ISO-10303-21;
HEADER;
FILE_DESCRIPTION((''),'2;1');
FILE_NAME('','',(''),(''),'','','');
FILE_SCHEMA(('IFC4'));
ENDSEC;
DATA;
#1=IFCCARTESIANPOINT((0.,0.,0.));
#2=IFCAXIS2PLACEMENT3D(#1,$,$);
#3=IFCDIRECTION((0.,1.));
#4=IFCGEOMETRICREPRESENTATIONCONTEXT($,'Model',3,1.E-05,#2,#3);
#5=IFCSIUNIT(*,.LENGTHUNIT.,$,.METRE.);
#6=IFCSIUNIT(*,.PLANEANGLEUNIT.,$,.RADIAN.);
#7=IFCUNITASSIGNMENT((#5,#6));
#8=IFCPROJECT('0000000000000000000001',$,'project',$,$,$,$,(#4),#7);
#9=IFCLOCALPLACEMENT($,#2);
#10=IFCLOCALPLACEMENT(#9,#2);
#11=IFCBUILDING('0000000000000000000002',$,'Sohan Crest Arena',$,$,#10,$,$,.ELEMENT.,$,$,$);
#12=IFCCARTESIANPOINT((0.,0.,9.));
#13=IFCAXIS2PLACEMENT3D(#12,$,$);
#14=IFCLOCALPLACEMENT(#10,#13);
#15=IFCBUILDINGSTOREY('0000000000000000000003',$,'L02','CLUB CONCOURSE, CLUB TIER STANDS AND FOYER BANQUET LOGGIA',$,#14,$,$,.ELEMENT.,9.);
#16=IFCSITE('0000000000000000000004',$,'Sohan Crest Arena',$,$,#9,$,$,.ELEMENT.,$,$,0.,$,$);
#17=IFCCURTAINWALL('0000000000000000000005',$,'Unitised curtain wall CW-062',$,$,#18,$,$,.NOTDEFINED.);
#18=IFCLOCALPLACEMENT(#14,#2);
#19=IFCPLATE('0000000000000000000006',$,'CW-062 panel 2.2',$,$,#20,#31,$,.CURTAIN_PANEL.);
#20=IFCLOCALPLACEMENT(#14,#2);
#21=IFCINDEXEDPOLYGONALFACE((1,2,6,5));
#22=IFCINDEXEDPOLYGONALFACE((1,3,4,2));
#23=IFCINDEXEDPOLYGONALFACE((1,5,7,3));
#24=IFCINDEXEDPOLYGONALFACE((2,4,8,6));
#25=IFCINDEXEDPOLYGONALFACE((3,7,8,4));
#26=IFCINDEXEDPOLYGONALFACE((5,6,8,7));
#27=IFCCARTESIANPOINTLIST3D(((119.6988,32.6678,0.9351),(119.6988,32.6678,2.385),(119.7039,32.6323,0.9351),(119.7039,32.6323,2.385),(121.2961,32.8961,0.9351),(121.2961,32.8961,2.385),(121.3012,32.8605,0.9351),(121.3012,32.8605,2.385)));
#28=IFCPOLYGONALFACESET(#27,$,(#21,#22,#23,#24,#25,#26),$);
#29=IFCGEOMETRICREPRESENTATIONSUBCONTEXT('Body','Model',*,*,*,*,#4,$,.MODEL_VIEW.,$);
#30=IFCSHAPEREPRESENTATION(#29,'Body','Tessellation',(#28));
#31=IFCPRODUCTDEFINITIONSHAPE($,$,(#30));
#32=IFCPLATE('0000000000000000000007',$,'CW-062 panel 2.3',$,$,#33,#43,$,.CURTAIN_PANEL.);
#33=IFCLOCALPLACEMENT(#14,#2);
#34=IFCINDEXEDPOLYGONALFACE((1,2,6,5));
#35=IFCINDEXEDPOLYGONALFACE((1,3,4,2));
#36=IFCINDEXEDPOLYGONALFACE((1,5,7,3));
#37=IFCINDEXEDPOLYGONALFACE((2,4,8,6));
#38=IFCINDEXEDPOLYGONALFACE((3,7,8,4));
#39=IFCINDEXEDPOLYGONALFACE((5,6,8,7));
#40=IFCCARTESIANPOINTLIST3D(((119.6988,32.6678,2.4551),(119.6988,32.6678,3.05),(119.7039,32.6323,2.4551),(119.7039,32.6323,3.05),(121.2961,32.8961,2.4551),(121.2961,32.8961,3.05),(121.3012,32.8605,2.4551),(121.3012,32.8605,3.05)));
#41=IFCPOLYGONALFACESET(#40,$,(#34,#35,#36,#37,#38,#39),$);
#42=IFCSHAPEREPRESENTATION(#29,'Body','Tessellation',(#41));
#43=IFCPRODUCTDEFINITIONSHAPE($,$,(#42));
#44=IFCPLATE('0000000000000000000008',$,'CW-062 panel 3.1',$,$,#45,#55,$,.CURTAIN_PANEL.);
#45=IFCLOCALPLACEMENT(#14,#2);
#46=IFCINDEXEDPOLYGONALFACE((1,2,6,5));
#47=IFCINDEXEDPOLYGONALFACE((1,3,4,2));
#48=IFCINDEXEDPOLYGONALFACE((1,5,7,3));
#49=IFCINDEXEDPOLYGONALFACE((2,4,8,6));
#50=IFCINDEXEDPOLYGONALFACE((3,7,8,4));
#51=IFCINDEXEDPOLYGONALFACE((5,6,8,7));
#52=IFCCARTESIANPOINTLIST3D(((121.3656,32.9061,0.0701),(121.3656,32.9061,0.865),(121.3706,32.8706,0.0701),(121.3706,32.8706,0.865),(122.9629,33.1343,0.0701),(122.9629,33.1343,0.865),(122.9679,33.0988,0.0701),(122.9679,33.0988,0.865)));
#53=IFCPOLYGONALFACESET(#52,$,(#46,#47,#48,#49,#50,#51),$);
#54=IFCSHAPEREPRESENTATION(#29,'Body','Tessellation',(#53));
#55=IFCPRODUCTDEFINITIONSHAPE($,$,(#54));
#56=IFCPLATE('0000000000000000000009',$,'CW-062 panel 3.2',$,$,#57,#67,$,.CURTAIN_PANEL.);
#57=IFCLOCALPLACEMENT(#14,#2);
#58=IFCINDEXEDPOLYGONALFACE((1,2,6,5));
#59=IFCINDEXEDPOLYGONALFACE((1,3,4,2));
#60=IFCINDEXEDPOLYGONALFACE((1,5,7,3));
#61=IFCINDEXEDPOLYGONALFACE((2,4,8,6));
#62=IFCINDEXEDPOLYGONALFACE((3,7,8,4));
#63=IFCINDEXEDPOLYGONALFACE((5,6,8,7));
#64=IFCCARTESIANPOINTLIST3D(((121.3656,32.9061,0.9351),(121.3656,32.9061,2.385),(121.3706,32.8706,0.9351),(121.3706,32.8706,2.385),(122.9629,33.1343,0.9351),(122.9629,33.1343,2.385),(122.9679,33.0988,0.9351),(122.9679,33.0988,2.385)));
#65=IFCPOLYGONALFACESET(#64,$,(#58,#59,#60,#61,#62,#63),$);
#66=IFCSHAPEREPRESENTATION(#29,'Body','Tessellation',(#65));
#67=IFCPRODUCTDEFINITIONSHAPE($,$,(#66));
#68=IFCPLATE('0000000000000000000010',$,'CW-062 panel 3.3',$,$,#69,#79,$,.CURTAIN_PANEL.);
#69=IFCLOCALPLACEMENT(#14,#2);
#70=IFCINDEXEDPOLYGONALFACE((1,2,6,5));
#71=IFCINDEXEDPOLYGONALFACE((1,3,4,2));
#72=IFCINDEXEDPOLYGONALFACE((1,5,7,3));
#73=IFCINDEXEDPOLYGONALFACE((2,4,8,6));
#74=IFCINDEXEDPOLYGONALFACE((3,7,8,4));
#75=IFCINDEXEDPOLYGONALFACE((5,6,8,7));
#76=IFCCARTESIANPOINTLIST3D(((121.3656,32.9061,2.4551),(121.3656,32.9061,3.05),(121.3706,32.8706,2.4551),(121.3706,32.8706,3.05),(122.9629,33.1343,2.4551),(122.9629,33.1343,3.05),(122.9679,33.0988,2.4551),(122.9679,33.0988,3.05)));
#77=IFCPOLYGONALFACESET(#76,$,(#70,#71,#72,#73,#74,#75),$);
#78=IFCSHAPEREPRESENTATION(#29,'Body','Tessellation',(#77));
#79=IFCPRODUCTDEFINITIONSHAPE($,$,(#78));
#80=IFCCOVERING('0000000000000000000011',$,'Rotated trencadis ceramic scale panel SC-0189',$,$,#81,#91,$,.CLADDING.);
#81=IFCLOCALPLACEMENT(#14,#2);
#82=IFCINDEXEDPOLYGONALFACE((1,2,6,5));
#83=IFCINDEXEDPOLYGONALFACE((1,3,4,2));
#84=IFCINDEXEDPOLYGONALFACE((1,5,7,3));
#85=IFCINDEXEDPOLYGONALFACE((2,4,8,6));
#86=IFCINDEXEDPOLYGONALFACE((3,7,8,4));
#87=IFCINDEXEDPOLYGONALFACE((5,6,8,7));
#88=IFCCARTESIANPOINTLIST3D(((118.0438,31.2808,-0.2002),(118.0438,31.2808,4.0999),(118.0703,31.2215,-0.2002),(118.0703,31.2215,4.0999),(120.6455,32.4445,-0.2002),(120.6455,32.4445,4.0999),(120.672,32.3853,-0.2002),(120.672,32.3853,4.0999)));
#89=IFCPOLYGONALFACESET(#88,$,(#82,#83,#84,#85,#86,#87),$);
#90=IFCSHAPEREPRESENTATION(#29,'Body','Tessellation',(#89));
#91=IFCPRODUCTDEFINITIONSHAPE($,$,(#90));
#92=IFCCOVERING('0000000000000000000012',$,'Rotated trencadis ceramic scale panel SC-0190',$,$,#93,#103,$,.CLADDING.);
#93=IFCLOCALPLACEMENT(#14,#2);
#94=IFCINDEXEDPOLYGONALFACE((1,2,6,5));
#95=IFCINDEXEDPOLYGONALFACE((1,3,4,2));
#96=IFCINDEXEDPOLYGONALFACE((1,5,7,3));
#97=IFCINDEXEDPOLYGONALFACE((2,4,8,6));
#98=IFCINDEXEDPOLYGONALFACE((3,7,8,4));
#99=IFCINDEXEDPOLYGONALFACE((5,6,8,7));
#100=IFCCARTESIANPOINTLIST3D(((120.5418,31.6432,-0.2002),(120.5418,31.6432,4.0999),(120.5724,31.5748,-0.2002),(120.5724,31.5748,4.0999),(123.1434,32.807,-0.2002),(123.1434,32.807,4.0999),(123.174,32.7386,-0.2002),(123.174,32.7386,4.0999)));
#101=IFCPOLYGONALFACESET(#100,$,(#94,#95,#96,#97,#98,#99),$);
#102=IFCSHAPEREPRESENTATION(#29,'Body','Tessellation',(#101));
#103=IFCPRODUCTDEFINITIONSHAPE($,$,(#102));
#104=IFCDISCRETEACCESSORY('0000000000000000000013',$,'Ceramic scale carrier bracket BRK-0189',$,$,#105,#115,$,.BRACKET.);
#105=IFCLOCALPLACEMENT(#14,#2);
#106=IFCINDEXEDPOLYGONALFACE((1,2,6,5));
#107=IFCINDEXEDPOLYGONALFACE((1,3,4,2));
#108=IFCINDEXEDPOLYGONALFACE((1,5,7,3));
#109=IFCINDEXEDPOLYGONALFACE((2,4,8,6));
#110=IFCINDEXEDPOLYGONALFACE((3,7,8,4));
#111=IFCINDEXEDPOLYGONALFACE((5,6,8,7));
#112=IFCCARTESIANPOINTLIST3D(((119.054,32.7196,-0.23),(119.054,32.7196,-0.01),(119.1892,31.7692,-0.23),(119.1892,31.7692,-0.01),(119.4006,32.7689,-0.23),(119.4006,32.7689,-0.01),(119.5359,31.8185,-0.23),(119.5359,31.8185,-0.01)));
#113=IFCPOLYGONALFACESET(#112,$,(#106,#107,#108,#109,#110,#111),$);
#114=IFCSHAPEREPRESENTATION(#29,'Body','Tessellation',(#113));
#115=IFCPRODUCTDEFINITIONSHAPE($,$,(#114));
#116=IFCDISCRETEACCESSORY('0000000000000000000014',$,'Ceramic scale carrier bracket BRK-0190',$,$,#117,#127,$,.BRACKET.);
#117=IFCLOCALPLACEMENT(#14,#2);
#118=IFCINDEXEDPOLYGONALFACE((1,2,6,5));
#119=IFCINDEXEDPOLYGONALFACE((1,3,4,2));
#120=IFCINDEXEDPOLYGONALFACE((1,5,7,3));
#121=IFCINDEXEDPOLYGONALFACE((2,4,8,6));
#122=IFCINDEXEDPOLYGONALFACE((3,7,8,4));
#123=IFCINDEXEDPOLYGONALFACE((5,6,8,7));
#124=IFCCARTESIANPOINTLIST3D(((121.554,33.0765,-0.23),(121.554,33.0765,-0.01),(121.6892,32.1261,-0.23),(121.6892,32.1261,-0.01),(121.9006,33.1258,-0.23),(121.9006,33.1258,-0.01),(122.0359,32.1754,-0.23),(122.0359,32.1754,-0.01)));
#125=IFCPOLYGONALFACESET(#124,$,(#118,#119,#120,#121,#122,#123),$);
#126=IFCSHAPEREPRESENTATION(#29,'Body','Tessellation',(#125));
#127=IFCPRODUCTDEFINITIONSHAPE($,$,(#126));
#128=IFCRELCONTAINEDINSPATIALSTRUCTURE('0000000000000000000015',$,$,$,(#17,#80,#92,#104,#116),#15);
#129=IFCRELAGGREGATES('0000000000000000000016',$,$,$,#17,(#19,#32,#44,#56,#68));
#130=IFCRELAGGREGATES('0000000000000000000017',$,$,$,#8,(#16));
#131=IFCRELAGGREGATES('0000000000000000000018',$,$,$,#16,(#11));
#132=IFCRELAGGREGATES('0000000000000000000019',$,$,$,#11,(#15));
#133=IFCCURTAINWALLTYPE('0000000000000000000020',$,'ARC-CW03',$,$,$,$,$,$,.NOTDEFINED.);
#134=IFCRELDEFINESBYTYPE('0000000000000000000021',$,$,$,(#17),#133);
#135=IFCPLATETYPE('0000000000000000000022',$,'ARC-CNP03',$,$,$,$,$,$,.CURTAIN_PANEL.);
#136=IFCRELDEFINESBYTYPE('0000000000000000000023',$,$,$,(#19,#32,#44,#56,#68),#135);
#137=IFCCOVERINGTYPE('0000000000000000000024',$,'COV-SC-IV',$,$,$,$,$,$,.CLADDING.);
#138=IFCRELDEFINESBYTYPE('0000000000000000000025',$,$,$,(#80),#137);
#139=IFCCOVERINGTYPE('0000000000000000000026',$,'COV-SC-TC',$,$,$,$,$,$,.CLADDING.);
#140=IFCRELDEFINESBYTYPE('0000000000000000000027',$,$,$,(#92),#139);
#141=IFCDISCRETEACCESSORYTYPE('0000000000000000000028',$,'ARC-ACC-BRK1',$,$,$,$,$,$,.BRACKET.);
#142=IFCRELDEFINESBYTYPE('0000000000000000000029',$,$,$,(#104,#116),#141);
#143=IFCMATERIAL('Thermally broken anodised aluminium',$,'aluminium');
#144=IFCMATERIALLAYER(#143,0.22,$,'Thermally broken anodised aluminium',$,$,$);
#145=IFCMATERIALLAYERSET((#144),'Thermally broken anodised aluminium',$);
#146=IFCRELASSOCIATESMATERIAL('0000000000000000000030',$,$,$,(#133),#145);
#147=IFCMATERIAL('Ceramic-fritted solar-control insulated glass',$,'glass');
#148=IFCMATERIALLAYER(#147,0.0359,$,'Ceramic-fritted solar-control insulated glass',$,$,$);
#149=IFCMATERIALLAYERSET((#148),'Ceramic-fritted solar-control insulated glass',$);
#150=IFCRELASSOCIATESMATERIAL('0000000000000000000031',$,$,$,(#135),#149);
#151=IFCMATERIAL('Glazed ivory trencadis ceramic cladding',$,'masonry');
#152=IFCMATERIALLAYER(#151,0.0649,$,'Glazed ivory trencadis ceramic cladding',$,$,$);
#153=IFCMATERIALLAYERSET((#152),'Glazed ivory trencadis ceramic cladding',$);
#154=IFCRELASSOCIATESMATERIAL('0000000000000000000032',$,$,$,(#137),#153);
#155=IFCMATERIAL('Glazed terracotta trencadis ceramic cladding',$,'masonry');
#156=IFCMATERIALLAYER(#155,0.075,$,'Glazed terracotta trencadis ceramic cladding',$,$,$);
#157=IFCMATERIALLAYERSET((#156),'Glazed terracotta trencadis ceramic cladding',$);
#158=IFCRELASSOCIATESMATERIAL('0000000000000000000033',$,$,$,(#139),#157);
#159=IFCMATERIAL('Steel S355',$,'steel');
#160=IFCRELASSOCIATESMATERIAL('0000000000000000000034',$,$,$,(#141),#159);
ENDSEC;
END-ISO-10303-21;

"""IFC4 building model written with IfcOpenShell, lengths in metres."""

from ifc_helpers import new_model, si_unit, direction, frame, origin, origin_2d, place, context, subcontext, project, spatial, rectangle, extrude, material, layer, layer_set, type_object, element, aggregate, save


model = new_model("IFC4")

# Units and contexts
model_context = context("Model", 3, precision=1e-05, world=origin(), true_north=direction((0.0, 1.0)))
body_context = subcontext(model_context, "Body", "Model", "MODEL_VIEW")
ifc_project = project(units=[si_unit("LENGTHUNIT", "METRE"), si_unit("PLANEANGLEUNIT", "RADIAN")], contexts=[model_context])

# Site, building, storey
site_placement = place(None, origin())
site = spatial("IfcSite", under=ifc_project, at=site_placement, Name="Sohan Crest Arena", CompositionType="ELEMENT", RefElevation=0.0)
building_placement = place(site_placement, origin())
building = spatial("IfcBuilding", under=site, at=building_placement, Name="Sohan Crest Arena", CompositionType="ELEMENT")
storey_placement = place(building_placement, frame((0.0, 0.0, 9.0)))
storey = spatial("IfcBuildingStorey", under=building, at=storey_placement, Name="L02", Description="CLUB CONCOURSE, CLUB TIER STANDS AND FOYER BANQUET LOGGIA", CompositionType="ELEMENT", Elevation=9.0)

# Shared definitions
ifc_material_1 = material(Name="Steel S355", Category="steel")

# Shared definitions
ifc_material_2 = material(Name="Thermally broken anodised aluminium", Category="aluminium")

# Curtain wall
ifc_layer_1 = layer(ifc_material_2, 0.22, Name="Thermally broken anodised aluminium")
ifc_layer_set_1 = layer_set([ifc_layer_1], Name="Thermally broken anodised aluminium")
curtain_wall_type_1 = type_object("IfcCurtainWallType", Name="ARC-CW03", PredefinedType="NOTDEFINED", material=ifc_layer_set_1)
curtain_wall_1_placement = place(storey_placement, origin())
curtain_wall_1 = element("IfcCurtainWall", 1, at=curtain_wall_1_placement, inside=storey, type_object=curtain_wall_type_1, Name="Unitised curtain wall CW-062", PredefinedType="NOTDEFINED")

# Plates
ifc_material_3 = material(Name="Ceramic-fritted solar-control insulated glass", Category="glass")
ifc_layer_2 = layer(ifc_material_3, 0.0359, Name="Ceramic-fritted solar-control insulated glass")
ifc_layer_set_2 = layer_set([ifc_layer_2], Name="Ceramic-fritted solar-control insulated glass")
plate_type = type_object("IfcPlateType", Name="ARC-CNP03", PredefinedType="CURTAIN_PANEL", material=ifc_layer_set_2)
plate_1_placement = place(storey_placement, frame((120.5, 32.7642, 0.9351), z_axis=(0.0, 0.0, 1.0), x_axis=(0.989944, 0.141463, 0.0)))
plate_1 = element("IfcPlate", 2, at=plate_1_placement, type_object=plate_type, Name="CW-062 panel 2.2", PredefinedType="CURTAIN_PANEL", context=body_context, shape_type="SweptSolid", body=[
    extrude(rectangle(XDim=1.6135, YDim=0.0359, at=origin_2d()), origin(), (0.0, 0.0, 1.0), 1.45),
])
plate_2_placement = place(storey_placement, frame((120.5, 32.7642, 2.4551), z_axis=(0.0, 0.0, 1.0), x_axis=(0.989944, 0.141463, 0.0)))
plate_2 = element("IfcPlate", 3, at=plate_2_placement, type_object=plate_type, Name="CW-062 panel 2.3", PredefinedType="CURTAIN_PANEL", context=body_context, shape_type="SweptSolid", body=[
    extrude(rectangle(XDim=1.6135, YDim=0.0359, at=origin_2d()), origin(), (0.0, 0.0, 1.0), 0.595),
])
plate_3_placement = place(storey_placement, frame((122.1667, 33.0024, 0.0701), z_axis=(0.0, 0.0, 1.0), x_axis=(0.989944, 0.141463, 0.0)))
plate_3 = element("IfcPlate", 4, at=plate_3_placement, type_object=plate_type, Name="CW-062 panel 3.1", PredefinedType="CURTAIN_PANEL", context=body_context, shape_type="SweptSolid", body=[
    extrude(rectangle(XDim=1.6135, YDim=0.0359, at=origin_2d()), origin(), (0.0, 0.0, 1.0), 0.7949),
])
plate_4_placement = place(storey_placement, frame((122.1667, 33.0024, 0.9351), z_axis=(0.0, 0.0, 1.0), x_axis=(0.989944, 0.141463, 0.0)))
plate_4 = element("IfcPlate", 5, at=plate_4_placement, type_object=plate_type, Name="CW-062 panel 3.2", PredefinedType="CURTAIN_PANEL", context=body_context, shape_type="SweptSolid", body=[
    extrude(rectangle(XDim=1.6135, YDim=0.0359, at=origin_2d()), origin(), (0.0, 0.0, 1.0), 1.45),
])
plate_5_placement = place(storey_placement, frame((122.1667, 33.0024, 2.4551), z_axis=(0.0, 0.0, 1.0), x_axis=(0.989944, 0.141463, 0.0)))
plate_5 = element("IfcPlate", 6, at=plate_5_placement, type_object=plate_type, Name="CW-062 panel 3.3", PredefinedType="CURTAIN_PANEL", context=body_context, shape_type="SweptSolid", body=[
    extrude(rectangle(XDim=1.6135, YDim=0.0359, at=origin_2d()), origin(), (0.0, 0.0, 1.0), 0.595),
])
aggregate(curtain_wall_1, [plate_1, plate_2, plate_3, plate_4, plate_5])

# Coverings
ifc_material_4 = material(Name="Glazed ivory trencadis ceramic cladding", Category="masonry")
ifc_layer_3 = layer(ifc_material_4, 0.0649, Name="Glazed ivory trencadis ceramic cladding")
ifc_layer_set_3 = layer_set([ifc_layer_3], Name="Glazed ivory trencadis ceramic cladding")
covering_type_1 = type_object("IfcCoveringType", Name="COV-SC-IV", PredefinedType="CLADDING", material=ifc_layer_set_3)
covering_1_placement = place(storey_placement, frame((119.3579, 31.833, -0.2002), z_axis=(0.0, 0.0, 1.0), x_axis=(0.912834, 0.40833, 0.0)))
element("IfcCovering", 7, at=covering_1_placement, inside=storey, type_object=covering_type_1, Name="Rotated trencadis ceramic scale panel SC-0189", PredefinedType="CLADDING", context=body_context, shape_type="SweptSolid", body=[
    extrude(rectangle(XDim=2.8501, YDim=0.0649, at=origin_2d()), origin(), (0.0, 0.0, 1.0), 4.3),
])
ifc_material_5 = material(Name="Glazed terracotta trencadis ceramic cladding", Category="masonry")
ifc_layer_4 = layer(ifc_material_5, 0.075, Name="Glazed terracotta trencadis ceramic cladding")
ifc_layer_set_4 = layer_set([ifc_layer_4], Name="Glazed terracotta trencadis ceramic cladding")
covering_type_2 = type_object("IfcCoveringType", Name="COV-SC-TC", PredefinedType="CLADDING", material=ifc_layer_set_4)
covering_2_placement = place(storey_placement, frame((121.8579, 32.1909, -0.2002), z_axis=(0.0, 0.0, 1.0), x_axis=(0.912834, 0.40833, 0.0)))
element("IfcCovering", 8, at=covering_2_placement, inside=storey, type_object=covering_type_2, Name="Rotated trencadis ceramic scale panel SC-0190", PredefinedType="CLADDING", context=body_context, shape_type="SweptSolid", body=[
    extrude(rectangle(XDim=2.8501, YDim=0.075, at=origin_2d()), origin(), (0.0, 0.0, 1.0), 4.3),
])

# Discrete accessories
discrete_accessory_type = type_object("IfcDiscreteAccessoryType", Name="ARC-ACC-BRK1", PredefinedType="BRACKET", material=ifc_material_1)
for number, where, z_axis, x_axis, name in (
    (9, (119.2949, 32.269, -0.23), (0.0, 0.0, 1.0), (0.990024, 0.140901, 0.0), "Ceramic scale carrier bracket BRK-0189"),
    (10, (121.7949, 32.626, -0.23), (0.0, 0.0, 1.0), (0.990024, 0.140901, 0.0), "Ceramic scale carrier bracket BRK-0190"),
):
    element("IfcDiscreteAccessory", number, at=place(storey_placement, frame(where, z_axis=z_axis, x_axis=x_axis)), inside=storey, type_object=discrete_accessory_type, Name=name, PredefinedType="BRACKET", context=body_context, shape_type="SweptSolid", body=[
        extrude(rectangle(XDim=0.3501, YDim=0.96, at=origin_2d()), origin(), (0.0, 0.0, 1.0), 0.22),
    ])

save(model, "model.ifc")
